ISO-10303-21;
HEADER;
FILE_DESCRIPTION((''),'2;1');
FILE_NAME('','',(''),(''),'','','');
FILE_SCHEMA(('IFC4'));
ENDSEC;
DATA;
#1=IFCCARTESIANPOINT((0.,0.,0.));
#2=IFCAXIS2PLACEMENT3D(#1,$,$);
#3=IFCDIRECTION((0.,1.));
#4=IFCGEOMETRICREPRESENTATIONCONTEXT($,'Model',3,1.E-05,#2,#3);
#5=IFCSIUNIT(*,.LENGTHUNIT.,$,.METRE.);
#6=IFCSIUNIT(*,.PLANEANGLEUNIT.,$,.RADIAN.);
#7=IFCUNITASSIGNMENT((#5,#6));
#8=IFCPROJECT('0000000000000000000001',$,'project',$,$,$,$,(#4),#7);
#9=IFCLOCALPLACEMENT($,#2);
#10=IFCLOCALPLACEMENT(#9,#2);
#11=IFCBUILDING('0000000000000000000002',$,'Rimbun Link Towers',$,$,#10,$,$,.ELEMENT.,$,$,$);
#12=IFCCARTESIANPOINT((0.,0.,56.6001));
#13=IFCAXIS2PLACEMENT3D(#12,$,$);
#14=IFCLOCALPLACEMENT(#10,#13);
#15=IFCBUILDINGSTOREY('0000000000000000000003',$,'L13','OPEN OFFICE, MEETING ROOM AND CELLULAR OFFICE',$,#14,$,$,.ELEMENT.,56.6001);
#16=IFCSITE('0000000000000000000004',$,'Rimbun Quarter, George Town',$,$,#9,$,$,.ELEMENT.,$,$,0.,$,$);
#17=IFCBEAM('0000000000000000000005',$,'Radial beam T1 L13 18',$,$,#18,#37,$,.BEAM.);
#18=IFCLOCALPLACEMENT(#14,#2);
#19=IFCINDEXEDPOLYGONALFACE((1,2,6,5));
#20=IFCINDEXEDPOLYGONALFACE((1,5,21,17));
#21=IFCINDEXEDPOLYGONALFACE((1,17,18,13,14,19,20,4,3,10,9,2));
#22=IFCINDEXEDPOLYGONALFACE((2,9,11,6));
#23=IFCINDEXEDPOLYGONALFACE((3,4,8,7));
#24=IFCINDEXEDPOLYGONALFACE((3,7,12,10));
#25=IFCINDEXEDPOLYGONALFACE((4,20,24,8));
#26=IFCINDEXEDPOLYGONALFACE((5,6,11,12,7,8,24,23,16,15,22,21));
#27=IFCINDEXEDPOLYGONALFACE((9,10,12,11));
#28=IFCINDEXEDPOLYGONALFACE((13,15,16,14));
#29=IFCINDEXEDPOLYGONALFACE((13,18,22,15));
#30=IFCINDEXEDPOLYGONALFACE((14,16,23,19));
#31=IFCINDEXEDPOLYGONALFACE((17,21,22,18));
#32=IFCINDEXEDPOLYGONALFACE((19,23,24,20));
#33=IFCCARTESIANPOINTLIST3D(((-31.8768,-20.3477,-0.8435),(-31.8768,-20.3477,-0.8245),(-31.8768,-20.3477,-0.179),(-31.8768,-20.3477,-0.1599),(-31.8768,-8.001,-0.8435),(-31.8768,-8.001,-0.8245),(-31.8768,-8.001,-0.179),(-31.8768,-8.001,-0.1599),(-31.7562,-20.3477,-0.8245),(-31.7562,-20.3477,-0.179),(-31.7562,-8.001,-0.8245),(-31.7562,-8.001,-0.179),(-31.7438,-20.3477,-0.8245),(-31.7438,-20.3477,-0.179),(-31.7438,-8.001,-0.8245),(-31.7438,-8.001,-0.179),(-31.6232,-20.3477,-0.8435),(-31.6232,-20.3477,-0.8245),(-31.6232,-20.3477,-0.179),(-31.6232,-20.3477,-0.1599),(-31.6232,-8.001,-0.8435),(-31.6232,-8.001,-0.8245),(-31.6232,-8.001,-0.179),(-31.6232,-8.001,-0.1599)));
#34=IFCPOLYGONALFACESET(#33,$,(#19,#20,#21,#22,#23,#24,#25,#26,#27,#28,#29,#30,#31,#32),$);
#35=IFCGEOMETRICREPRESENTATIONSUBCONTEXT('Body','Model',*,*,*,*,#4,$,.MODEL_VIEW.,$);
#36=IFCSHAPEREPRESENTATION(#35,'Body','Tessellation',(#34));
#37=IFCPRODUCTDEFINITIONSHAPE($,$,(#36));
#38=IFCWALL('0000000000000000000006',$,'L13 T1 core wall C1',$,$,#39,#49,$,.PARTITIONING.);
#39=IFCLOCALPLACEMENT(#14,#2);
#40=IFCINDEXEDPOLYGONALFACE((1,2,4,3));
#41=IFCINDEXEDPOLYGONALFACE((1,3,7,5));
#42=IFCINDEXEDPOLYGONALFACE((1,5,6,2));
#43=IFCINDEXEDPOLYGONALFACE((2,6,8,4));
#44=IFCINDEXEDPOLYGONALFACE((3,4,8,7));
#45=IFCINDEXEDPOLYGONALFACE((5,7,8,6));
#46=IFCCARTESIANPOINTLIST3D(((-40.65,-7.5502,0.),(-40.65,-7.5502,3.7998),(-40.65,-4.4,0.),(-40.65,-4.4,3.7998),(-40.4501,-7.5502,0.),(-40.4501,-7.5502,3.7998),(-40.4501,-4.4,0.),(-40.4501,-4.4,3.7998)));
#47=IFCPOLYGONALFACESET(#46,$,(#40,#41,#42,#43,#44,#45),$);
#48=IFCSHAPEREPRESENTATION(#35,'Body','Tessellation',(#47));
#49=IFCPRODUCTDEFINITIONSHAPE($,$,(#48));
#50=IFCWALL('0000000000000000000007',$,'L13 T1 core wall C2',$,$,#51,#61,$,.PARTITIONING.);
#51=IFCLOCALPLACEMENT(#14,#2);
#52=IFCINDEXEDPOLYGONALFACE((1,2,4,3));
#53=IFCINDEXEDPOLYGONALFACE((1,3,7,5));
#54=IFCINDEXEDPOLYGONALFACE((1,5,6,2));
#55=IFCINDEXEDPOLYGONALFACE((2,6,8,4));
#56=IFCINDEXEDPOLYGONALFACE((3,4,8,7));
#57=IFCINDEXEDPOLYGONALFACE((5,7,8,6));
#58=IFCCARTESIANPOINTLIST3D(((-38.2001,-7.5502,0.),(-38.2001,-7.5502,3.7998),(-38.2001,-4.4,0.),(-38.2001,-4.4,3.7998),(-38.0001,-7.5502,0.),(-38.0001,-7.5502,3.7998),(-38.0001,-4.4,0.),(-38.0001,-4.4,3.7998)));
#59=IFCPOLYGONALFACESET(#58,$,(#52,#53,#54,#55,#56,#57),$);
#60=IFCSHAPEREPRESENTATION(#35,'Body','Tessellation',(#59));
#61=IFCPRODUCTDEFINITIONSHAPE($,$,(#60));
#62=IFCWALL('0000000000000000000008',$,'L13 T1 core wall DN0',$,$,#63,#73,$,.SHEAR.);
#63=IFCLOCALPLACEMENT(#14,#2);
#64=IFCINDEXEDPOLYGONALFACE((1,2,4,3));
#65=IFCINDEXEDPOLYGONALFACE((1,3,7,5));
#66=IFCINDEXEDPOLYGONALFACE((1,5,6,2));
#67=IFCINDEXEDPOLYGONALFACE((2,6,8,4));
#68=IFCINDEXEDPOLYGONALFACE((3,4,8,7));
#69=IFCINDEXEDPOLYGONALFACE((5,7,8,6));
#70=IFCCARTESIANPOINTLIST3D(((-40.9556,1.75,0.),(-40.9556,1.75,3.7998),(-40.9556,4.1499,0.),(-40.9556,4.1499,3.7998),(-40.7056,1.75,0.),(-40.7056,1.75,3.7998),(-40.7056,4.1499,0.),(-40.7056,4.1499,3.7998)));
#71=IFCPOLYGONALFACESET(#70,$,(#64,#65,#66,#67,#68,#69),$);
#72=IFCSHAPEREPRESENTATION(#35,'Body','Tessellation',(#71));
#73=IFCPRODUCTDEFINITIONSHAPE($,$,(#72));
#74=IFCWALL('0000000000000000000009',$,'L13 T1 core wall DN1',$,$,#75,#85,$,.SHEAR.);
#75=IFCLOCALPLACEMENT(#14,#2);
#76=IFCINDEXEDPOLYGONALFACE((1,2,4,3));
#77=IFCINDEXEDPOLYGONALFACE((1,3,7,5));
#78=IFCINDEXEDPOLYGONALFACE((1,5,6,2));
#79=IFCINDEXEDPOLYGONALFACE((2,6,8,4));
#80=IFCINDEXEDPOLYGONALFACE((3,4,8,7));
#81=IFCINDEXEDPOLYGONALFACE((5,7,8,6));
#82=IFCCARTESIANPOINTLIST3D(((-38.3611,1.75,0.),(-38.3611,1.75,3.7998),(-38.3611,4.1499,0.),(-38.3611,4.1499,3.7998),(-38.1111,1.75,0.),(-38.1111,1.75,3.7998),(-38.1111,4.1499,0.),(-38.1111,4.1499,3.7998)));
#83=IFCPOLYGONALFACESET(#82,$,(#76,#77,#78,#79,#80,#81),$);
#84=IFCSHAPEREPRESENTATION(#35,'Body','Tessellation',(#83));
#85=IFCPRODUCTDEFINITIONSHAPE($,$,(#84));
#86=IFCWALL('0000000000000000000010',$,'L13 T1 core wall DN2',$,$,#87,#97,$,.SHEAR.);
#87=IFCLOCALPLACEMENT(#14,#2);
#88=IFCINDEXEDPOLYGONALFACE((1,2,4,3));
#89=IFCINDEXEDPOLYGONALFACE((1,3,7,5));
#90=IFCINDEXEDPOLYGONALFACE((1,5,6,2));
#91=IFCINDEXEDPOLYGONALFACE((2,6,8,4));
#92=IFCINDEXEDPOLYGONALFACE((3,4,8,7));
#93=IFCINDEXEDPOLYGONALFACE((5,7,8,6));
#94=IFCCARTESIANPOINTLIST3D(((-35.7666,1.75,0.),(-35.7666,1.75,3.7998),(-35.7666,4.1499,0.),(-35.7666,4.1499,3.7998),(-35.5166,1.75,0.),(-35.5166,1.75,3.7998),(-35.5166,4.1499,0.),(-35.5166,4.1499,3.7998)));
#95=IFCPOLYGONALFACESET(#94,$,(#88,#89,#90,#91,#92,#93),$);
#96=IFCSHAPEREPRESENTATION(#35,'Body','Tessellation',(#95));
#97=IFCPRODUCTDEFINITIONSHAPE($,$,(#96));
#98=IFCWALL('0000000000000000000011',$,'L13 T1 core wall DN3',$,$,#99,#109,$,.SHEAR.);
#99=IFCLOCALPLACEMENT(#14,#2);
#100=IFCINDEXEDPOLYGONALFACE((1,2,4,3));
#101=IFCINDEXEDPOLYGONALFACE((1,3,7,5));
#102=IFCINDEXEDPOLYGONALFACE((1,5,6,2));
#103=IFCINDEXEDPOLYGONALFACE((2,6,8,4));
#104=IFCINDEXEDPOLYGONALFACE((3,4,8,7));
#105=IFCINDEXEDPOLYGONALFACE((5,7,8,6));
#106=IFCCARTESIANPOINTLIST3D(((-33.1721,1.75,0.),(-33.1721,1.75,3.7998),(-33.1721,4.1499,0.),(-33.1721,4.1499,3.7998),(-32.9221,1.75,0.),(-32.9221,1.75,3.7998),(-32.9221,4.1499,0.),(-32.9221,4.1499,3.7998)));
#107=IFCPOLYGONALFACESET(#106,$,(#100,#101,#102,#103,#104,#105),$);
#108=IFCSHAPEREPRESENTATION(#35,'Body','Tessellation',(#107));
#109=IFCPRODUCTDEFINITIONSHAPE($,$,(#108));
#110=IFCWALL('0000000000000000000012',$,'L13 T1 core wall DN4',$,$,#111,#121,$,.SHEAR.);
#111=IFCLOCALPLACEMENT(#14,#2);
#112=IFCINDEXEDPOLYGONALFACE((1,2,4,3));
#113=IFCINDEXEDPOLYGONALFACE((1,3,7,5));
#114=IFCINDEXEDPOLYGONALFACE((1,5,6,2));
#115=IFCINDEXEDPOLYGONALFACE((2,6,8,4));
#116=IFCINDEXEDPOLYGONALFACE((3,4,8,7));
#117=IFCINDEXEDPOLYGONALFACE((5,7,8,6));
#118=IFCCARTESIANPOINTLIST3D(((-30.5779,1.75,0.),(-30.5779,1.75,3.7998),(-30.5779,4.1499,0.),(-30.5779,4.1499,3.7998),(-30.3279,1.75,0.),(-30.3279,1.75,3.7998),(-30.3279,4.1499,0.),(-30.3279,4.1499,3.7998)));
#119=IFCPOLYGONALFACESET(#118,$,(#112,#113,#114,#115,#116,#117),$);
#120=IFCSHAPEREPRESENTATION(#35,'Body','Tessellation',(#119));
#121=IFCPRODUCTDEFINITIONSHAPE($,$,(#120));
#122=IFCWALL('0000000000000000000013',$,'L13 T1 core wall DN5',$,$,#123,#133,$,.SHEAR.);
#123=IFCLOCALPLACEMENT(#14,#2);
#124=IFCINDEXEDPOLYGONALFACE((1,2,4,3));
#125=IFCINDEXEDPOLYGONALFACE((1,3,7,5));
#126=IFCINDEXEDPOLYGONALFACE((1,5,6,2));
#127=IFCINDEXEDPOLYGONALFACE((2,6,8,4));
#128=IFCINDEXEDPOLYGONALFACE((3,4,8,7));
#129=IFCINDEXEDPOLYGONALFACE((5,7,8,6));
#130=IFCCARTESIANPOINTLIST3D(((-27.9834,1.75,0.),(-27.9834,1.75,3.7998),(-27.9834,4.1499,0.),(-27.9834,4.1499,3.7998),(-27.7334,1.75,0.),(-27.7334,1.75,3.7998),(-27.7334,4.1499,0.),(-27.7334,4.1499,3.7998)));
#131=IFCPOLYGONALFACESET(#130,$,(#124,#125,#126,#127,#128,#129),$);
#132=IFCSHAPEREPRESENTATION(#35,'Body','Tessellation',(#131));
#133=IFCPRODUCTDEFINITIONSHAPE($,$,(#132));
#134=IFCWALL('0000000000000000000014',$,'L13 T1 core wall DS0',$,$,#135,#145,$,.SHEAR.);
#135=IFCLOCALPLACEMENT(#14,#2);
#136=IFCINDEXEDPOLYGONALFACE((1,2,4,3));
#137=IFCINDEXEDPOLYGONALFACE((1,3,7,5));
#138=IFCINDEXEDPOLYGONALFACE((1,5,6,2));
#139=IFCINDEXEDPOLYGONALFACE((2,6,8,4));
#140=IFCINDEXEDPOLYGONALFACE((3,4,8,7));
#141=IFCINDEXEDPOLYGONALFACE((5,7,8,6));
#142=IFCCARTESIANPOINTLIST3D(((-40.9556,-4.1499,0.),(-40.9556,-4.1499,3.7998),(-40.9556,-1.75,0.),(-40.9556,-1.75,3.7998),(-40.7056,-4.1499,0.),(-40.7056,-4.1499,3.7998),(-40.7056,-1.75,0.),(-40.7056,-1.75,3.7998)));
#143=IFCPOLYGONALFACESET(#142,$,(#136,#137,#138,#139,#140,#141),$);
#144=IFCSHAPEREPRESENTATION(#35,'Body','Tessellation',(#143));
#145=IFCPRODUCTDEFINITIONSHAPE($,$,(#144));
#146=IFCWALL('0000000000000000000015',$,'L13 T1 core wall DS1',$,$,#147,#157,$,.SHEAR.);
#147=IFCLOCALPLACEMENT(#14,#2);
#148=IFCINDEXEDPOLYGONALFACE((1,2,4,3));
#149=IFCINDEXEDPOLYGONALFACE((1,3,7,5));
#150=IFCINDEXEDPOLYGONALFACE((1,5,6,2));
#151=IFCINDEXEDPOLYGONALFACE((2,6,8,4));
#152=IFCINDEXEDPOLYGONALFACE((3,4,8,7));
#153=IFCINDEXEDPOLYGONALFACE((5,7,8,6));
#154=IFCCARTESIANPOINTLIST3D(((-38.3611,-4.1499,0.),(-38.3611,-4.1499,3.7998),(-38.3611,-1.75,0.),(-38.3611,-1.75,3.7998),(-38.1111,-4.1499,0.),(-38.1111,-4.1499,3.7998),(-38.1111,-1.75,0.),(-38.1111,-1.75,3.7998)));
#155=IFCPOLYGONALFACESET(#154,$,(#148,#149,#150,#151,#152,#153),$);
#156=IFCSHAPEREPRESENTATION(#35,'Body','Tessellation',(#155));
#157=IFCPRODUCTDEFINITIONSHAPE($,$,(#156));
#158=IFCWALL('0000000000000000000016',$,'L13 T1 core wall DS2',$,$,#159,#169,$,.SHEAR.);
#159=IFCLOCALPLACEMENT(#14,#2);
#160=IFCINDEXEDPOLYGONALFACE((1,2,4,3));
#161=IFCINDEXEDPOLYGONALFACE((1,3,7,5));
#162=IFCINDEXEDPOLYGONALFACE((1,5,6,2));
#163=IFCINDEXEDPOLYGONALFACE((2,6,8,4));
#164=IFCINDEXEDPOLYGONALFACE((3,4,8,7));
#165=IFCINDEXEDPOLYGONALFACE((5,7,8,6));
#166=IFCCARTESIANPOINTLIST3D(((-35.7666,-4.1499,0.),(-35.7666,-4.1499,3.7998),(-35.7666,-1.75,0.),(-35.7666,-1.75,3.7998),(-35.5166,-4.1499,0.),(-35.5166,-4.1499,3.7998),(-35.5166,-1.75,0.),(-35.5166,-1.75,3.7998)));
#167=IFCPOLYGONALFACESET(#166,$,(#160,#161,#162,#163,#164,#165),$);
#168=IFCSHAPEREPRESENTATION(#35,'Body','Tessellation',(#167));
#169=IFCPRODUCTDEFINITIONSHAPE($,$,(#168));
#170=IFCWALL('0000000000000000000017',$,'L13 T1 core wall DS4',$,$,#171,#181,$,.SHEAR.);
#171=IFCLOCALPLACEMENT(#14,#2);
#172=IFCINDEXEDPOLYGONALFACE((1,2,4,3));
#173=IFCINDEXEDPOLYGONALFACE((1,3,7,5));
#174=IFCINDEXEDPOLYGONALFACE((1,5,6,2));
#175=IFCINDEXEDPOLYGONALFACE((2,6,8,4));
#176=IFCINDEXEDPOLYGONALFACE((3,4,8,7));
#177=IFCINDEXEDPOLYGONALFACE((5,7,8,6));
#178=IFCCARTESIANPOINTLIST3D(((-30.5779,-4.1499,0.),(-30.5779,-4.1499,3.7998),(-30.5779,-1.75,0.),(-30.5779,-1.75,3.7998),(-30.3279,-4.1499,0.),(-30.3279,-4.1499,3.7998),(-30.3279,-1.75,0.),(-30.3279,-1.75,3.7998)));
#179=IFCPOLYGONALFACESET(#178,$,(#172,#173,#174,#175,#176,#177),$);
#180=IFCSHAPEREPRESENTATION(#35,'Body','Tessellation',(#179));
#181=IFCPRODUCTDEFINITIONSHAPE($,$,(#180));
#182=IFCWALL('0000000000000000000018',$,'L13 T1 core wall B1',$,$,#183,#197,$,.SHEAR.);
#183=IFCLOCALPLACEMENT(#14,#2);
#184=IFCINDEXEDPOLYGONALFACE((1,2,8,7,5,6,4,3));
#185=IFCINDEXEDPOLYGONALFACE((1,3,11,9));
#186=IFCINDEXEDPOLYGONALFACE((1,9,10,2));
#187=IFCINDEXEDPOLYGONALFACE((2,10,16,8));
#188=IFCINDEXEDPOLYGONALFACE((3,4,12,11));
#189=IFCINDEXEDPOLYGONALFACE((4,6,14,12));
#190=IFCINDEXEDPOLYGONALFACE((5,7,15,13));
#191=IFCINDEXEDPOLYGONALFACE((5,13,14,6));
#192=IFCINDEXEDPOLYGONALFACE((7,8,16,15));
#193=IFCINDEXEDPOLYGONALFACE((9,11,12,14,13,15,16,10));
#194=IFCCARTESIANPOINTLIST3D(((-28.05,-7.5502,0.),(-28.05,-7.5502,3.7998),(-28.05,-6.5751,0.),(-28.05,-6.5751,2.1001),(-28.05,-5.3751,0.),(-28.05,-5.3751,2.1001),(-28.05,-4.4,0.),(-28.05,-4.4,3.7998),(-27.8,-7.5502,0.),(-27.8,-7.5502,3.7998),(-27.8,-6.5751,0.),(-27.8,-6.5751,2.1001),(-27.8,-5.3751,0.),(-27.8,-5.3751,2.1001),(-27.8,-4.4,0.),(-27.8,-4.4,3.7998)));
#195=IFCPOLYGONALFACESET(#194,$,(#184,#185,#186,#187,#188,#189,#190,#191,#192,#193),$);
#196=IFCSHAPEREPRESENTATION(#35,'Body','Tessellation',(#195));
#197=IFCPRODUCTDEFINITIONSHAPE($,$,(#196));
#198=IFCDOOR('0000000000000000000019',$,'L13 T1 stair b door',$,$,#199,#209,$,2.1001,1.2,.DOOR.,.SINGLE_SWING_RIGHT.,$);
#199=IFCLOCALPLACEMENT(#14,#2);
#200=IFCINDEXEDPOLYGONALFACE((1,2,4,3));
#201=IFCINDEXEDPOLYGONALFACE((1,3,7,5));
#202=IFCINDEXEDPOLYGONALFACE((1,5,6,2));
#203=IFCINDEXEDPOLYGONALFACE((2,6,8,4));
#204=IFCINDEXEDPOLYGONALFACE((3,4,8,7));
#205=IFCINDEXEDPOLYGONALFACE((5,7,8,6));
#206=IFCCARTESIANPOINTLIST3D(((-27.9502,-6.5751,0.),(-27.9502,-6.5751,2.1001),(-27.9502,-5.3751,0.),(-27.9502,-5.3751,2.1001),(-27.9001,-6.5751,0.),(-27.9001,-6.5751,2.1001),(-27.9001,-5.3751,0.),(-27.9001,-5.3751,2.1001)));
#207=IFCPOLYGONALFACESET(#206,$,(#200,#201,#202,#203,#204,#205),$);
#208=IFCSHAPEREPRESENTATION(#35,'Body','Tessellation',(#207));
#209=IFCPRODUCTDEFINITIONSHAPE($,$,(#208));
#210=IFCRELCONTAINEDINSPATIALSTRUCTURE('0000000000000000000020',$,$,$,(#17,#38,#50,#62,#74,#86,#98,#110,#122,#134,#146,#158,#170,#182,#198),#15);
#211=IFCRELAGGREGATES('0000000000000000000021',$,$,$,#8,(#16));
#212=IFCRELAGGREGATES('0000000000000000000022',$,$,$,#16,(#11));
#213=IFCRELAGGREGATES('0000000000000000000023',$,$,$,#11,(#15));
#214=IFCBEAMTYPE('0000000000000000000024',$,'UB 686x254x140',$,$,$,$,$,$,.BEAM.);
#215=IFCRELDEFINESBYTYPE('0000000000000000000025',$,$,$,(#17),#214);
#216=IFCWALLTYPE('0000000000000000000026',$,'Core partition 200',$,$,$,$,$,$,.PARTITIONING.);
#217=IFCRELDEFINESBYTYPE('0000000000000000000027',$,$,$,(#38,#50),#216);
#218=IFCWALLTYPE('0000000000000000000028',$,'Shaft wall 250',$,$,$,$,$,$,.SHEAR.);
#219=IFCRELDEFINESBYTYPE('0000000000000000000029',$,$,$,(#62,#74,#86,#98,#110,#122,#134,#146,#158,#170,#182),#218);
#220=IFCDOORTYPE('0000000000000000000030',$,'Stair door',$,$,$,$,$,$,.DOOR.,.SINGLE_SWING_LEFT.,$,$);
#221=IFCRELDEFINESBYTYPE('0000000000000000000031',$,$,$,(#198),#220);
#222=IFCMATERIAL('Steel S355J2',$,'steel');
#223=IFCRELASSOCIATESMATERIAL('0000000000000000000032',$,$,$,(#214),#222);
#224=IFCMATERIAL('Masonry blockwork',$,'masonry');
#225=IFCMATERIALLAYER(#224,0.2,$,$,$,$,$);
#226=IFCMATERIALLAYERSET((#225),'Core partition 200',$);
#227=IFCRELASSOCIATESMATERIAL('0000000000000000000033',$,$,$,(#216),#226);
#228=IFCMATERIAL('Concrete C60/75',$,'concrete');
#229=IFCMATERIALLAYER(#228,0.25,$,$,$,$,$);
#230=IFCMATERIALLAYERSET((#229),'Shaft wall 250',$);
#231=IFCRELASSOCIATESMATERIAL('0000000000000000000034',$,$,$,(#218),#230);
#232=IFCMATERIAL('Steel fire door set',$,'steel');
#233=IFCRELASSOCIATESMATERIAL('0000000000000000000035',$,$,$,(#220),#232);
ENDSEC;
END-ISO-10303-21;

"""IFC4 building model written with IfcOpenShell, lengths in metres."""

from ifc_helpers import new_model, si_unit, direction, frame, frame_2d, origin, origin_2d, place, context, subcontext, project, spatial, rectangle, i_section, extrude, material, layer, layer_set, material_profile, profile_set, type_object, element, fill, save


model = new_model("IFC4")

# Units and contexts
model_context = context("Model", 3, precision=1e-05, world=origin(), true_north=direction((0.0, 1.0)))
body_context = subcontext(model_context, "Body", "Model", "MODEL_VIEW")
ifc_project = project(units=[si_unit("LENGTHUNIT", "METRE"), si_unit("PLANEANGLEUNIT", "RADIAN")], contexts=[model_context])

# Site, building, storey
site_placement = place(None, origin())
site = spatial("IfcSite", under=ifc_project, at=site_placement, Name="Rimbun Quarter, George Town", CompositionType="ELEMENT", RefElevation=0.0)
building_placement = place(site_placement, origin())
building = spatial("IfcBuilding", under=site, at=building_placement, Name="Rimbun Link Towers", CompositionType="ELEMENT")
storey_placement = place(building_placement, frame((0.0, 0.0, 56.6001)))
storey = spatial("IfcBuildingStorey", under=building, at=storey_placement, Name="L13", Description="OPEN OFFICE, MEETING ROOM AND CELLULAR OFFICE", CompositionType="ELEMENT", Elevation=56.6001)

# Beam
ifc_material_1 = material(Name="Steel S355J2", Category="steel")
ifc_material_profile = material_profile(ifc_material_1, i_section(OverallWidth=0.2537, OverallDepth=0.6836, WebThickness=0.0125, FlangeThickness=0.019, at=origin_2d()), Name="UB 686x254x140")
ifc_profile_set = profile_set([ifc_material_profile], Name="Steel S355J2")
beam_type = type_object("IfcBeamType", Name="UB 686x254x140", PredefinedType="BEAM", material=ifc_profile_set)
beam_placement = place(storey_placement, frame((-31.75, -8.001, -0.5017), z_axis=(0.0, -1.0, 0.0), x_axis=(1.0, 0.0, 0.0)))
element("IfcBeam", 1, at=beam_placement, inside=storey, type_object=beam_type, Name="Radial beam T1 L13 18", PredefinedType="BEAM", context=body_context, shape_type="SweptSolid", body=[
    extrude(i_section(OverallWidth=0.2537, OverallDepth=0.6836, WebThickness=0.0125, FlangeThickness=0.019, at=origin_2d()), origin(), (0.0, 0.0, 1.0), 12.3467),
])

# Walls
ifc_material_2 = material(Name="Masonry blockwork", Category="masonry")
ifc_layer_1 = layer(ifc_material_2, 0.2)
ifc_layer_set_1 = layer_set([ifc_layer_1], Name="Core partition 200")
wall_type_1 = type_object("IfcWallType", Name="Core partition 200", PredefinedType="PARTITIONING", material=ifc_layer_set_1)
for number, where, z_axis, x_axis, name in (
    (2, (-40.55, -4.3999, 0.0), (0.0, 0.0, 1.0), (0.0, -1.0, 0.0), "L13 T1 core wall C1"),
    (3, (-38.1001, -4.3999, 0.0), (0.0, 0.0, 1.0), (0.0, -1.0, 0.0), "L13 T1 core wall C2"),
):
    element("IfcWall", number, at=place(storey_placement, frame(where, z_axis=z_axis, x_axis=x_axis)), inside=storey, type_object=wall_type_1, Name=name, PredefinedType="PARTITIONING", context=body_context, shape_type="SweptSolid", body=[
        extrude(rectangle(XDim=3.1501, YDim=0.2, at=frame_2d((1.5752, 0.0))), origin(), (0.0, 0.0, 1.0), 3.7998),
    ])
ifc_material_3 = material(Name="Concrete C60/75", Category="concrete")
ifc_layer_2 = layer(ifc_material_3, 0.25)
ifc_layer_set_2 = layer_set([ifc_layer_2], Name="Shaft wall 250")
wall_type_2 = type_object("IfcWallType", Name="Shaft wall 250", PredefinedType="SHEAR", material=ifc_layer_set_2)
for number, where, z_axis, x_axis, name in (
    (4, (-40.8306, 1.75, 0.0), (0.0, 0.0, 1.0), (0.0, 1.0, 0.0), "L13 T1 core wall DN0"),
    (5, (-38.2361, 1.75, 0.0), (0.0, 0.0, 1.0), (0.0, 1.0, 0.0), "L13 T1 core wall DN1"),
    (6, (-35.6416, 1.75, 0.0), (0.0, 0.0, 1.0), (0.0, 1.0, 0.0), "L13 T1 core wall DN2"),
    (7, (-33.0471, 1.75, 0.0), (0.0, 0.0, 1.0), (0.0, 1.0, 0.0), "L13 T1 core wall DN3"),
    (8, (-30.4529, 1.75, 0.0), (0.0, 0.0, 1.0), (0.0, 1.0, 0.0), "L13 T1 core wall DN4"),
    (9, (-27.8584, 1.75, 0.0), (0.0, 0.0, 1.0), (0.0, 1.0, 0.0), "L13 T1 core wall DN5"),
    (10, (-40.8306, -4.1499, 0.0), (0.0, 0.0, 1.0), (0.0, 1.0, 0.0), "L13 T1 core wall DS0"),
    (11, (-38.2361, -4.1499, 0.0), (0.0, 0.0, 1.0), (0.0, 1.0, 0.0), "L13 T1 core wall DS1"),
    (12, (-35.6416, -4.1499, 0.0), (0.0, 0.0, 1.0), (0.0, 1.0, 0.0), "L13 T1 core wall DS2"),
    (13, (-30.4529, -4.1499, 0.0), (0.0, 0.0, 1.0), (0.0, 1.0, 0.0), "L13 T1 core wall DS4"),
):
    element("IfcWall", number, at=place(storey_placement, frame(where, z_axis=z_axis, x_axis=x_axis)), inside=storey, type_object=wall_type_2, Name=name, PredefinedType="SHEAR", context=body_context, shape_type="SweptSolid", body=[
        extrude(rectangle(XDim=2.3999, YDim=0.25, at=frame_2d((1.2, 0.0))), origin(), (0.0, 0.0, 1.0), 3.7998),
    ])

# Wall, opening, door
wall_1_placement = place(storey_placement, frame((-27.925, -4.3999, 0.0), z_axis=(0.0, 0.0, 1.0), x_axis=(0.0, -1.0, 0.0)))
wall_1 = element("IfcWall", 14, at=wall_1_placement, inside=storey, type_object=wall_type_2, Name="L13 T1 core wall B1", PredefinedType="SHEAR", context=body_context, shape_type="SweptSolid", body=[
    extrude(rectangle(XDim=3.1501, YDim=0.25, at=frame_2d((1.5752, 0.0))), origin(), (0.0, 0.0, 1.0), 3.7998),
])
opening_1_placement = place(wall_1_placement, frame((0.9751, 0.0, 0.0)))
opening_1 = element("IfcOpeningElement", 15, at=opening_1_placement, cuts=wall_1, PredefinedType="OPENING", context=body_context, shape_type="SweptSolid", body=[
    extrude(rectangle(XDim=1.2, YDim=2.1001, at=frame_2d((0.6001, 1.05))), frame((0.0, 0.135, 0.0), z_axis=(0.0, -1.0, 0.0), x_axis=(1.0, 0.0, 0.0)), (0.0, 0.0, 1.0), 0.27),
])
ifc_material_4 = material(Name="Steel fire door set", Category="steel")
door_type_1 = type_object("IfcDoorType", Name="Stair door", OperationType="SINGLE_SWING_LEFT", PredefinedType="DOOR", material=ifc_material_4)
door_1_placement = place(opening_1_placement, origin())
door_1 = element("IfcDoor", 16, at=door_1_placement, inside=storey, type_object=door_type_1, Name="L13 T1 stair b door", OperationType="SINGLE_SWING_RIGHT", OverallHeight=2.1001, OverallWidth=1.2, PredefinedType="DOOR", context=body_context, shape_type="SweptSolid", body=[
    extrude(rectangle(XDim=1.2, YDim=2.1001, at=frame_2d((0.6001, 1.05))), frame((0.0, 0.0249, 0.0), z_axis=(0.0, -1.0, 0.0), x_axis=(1.0, 0.0, 0.0)), (0.0, 0.0, 1.0), 0.05),
])
fill(opening_1, door_1)

save(model, "model.ifc")
